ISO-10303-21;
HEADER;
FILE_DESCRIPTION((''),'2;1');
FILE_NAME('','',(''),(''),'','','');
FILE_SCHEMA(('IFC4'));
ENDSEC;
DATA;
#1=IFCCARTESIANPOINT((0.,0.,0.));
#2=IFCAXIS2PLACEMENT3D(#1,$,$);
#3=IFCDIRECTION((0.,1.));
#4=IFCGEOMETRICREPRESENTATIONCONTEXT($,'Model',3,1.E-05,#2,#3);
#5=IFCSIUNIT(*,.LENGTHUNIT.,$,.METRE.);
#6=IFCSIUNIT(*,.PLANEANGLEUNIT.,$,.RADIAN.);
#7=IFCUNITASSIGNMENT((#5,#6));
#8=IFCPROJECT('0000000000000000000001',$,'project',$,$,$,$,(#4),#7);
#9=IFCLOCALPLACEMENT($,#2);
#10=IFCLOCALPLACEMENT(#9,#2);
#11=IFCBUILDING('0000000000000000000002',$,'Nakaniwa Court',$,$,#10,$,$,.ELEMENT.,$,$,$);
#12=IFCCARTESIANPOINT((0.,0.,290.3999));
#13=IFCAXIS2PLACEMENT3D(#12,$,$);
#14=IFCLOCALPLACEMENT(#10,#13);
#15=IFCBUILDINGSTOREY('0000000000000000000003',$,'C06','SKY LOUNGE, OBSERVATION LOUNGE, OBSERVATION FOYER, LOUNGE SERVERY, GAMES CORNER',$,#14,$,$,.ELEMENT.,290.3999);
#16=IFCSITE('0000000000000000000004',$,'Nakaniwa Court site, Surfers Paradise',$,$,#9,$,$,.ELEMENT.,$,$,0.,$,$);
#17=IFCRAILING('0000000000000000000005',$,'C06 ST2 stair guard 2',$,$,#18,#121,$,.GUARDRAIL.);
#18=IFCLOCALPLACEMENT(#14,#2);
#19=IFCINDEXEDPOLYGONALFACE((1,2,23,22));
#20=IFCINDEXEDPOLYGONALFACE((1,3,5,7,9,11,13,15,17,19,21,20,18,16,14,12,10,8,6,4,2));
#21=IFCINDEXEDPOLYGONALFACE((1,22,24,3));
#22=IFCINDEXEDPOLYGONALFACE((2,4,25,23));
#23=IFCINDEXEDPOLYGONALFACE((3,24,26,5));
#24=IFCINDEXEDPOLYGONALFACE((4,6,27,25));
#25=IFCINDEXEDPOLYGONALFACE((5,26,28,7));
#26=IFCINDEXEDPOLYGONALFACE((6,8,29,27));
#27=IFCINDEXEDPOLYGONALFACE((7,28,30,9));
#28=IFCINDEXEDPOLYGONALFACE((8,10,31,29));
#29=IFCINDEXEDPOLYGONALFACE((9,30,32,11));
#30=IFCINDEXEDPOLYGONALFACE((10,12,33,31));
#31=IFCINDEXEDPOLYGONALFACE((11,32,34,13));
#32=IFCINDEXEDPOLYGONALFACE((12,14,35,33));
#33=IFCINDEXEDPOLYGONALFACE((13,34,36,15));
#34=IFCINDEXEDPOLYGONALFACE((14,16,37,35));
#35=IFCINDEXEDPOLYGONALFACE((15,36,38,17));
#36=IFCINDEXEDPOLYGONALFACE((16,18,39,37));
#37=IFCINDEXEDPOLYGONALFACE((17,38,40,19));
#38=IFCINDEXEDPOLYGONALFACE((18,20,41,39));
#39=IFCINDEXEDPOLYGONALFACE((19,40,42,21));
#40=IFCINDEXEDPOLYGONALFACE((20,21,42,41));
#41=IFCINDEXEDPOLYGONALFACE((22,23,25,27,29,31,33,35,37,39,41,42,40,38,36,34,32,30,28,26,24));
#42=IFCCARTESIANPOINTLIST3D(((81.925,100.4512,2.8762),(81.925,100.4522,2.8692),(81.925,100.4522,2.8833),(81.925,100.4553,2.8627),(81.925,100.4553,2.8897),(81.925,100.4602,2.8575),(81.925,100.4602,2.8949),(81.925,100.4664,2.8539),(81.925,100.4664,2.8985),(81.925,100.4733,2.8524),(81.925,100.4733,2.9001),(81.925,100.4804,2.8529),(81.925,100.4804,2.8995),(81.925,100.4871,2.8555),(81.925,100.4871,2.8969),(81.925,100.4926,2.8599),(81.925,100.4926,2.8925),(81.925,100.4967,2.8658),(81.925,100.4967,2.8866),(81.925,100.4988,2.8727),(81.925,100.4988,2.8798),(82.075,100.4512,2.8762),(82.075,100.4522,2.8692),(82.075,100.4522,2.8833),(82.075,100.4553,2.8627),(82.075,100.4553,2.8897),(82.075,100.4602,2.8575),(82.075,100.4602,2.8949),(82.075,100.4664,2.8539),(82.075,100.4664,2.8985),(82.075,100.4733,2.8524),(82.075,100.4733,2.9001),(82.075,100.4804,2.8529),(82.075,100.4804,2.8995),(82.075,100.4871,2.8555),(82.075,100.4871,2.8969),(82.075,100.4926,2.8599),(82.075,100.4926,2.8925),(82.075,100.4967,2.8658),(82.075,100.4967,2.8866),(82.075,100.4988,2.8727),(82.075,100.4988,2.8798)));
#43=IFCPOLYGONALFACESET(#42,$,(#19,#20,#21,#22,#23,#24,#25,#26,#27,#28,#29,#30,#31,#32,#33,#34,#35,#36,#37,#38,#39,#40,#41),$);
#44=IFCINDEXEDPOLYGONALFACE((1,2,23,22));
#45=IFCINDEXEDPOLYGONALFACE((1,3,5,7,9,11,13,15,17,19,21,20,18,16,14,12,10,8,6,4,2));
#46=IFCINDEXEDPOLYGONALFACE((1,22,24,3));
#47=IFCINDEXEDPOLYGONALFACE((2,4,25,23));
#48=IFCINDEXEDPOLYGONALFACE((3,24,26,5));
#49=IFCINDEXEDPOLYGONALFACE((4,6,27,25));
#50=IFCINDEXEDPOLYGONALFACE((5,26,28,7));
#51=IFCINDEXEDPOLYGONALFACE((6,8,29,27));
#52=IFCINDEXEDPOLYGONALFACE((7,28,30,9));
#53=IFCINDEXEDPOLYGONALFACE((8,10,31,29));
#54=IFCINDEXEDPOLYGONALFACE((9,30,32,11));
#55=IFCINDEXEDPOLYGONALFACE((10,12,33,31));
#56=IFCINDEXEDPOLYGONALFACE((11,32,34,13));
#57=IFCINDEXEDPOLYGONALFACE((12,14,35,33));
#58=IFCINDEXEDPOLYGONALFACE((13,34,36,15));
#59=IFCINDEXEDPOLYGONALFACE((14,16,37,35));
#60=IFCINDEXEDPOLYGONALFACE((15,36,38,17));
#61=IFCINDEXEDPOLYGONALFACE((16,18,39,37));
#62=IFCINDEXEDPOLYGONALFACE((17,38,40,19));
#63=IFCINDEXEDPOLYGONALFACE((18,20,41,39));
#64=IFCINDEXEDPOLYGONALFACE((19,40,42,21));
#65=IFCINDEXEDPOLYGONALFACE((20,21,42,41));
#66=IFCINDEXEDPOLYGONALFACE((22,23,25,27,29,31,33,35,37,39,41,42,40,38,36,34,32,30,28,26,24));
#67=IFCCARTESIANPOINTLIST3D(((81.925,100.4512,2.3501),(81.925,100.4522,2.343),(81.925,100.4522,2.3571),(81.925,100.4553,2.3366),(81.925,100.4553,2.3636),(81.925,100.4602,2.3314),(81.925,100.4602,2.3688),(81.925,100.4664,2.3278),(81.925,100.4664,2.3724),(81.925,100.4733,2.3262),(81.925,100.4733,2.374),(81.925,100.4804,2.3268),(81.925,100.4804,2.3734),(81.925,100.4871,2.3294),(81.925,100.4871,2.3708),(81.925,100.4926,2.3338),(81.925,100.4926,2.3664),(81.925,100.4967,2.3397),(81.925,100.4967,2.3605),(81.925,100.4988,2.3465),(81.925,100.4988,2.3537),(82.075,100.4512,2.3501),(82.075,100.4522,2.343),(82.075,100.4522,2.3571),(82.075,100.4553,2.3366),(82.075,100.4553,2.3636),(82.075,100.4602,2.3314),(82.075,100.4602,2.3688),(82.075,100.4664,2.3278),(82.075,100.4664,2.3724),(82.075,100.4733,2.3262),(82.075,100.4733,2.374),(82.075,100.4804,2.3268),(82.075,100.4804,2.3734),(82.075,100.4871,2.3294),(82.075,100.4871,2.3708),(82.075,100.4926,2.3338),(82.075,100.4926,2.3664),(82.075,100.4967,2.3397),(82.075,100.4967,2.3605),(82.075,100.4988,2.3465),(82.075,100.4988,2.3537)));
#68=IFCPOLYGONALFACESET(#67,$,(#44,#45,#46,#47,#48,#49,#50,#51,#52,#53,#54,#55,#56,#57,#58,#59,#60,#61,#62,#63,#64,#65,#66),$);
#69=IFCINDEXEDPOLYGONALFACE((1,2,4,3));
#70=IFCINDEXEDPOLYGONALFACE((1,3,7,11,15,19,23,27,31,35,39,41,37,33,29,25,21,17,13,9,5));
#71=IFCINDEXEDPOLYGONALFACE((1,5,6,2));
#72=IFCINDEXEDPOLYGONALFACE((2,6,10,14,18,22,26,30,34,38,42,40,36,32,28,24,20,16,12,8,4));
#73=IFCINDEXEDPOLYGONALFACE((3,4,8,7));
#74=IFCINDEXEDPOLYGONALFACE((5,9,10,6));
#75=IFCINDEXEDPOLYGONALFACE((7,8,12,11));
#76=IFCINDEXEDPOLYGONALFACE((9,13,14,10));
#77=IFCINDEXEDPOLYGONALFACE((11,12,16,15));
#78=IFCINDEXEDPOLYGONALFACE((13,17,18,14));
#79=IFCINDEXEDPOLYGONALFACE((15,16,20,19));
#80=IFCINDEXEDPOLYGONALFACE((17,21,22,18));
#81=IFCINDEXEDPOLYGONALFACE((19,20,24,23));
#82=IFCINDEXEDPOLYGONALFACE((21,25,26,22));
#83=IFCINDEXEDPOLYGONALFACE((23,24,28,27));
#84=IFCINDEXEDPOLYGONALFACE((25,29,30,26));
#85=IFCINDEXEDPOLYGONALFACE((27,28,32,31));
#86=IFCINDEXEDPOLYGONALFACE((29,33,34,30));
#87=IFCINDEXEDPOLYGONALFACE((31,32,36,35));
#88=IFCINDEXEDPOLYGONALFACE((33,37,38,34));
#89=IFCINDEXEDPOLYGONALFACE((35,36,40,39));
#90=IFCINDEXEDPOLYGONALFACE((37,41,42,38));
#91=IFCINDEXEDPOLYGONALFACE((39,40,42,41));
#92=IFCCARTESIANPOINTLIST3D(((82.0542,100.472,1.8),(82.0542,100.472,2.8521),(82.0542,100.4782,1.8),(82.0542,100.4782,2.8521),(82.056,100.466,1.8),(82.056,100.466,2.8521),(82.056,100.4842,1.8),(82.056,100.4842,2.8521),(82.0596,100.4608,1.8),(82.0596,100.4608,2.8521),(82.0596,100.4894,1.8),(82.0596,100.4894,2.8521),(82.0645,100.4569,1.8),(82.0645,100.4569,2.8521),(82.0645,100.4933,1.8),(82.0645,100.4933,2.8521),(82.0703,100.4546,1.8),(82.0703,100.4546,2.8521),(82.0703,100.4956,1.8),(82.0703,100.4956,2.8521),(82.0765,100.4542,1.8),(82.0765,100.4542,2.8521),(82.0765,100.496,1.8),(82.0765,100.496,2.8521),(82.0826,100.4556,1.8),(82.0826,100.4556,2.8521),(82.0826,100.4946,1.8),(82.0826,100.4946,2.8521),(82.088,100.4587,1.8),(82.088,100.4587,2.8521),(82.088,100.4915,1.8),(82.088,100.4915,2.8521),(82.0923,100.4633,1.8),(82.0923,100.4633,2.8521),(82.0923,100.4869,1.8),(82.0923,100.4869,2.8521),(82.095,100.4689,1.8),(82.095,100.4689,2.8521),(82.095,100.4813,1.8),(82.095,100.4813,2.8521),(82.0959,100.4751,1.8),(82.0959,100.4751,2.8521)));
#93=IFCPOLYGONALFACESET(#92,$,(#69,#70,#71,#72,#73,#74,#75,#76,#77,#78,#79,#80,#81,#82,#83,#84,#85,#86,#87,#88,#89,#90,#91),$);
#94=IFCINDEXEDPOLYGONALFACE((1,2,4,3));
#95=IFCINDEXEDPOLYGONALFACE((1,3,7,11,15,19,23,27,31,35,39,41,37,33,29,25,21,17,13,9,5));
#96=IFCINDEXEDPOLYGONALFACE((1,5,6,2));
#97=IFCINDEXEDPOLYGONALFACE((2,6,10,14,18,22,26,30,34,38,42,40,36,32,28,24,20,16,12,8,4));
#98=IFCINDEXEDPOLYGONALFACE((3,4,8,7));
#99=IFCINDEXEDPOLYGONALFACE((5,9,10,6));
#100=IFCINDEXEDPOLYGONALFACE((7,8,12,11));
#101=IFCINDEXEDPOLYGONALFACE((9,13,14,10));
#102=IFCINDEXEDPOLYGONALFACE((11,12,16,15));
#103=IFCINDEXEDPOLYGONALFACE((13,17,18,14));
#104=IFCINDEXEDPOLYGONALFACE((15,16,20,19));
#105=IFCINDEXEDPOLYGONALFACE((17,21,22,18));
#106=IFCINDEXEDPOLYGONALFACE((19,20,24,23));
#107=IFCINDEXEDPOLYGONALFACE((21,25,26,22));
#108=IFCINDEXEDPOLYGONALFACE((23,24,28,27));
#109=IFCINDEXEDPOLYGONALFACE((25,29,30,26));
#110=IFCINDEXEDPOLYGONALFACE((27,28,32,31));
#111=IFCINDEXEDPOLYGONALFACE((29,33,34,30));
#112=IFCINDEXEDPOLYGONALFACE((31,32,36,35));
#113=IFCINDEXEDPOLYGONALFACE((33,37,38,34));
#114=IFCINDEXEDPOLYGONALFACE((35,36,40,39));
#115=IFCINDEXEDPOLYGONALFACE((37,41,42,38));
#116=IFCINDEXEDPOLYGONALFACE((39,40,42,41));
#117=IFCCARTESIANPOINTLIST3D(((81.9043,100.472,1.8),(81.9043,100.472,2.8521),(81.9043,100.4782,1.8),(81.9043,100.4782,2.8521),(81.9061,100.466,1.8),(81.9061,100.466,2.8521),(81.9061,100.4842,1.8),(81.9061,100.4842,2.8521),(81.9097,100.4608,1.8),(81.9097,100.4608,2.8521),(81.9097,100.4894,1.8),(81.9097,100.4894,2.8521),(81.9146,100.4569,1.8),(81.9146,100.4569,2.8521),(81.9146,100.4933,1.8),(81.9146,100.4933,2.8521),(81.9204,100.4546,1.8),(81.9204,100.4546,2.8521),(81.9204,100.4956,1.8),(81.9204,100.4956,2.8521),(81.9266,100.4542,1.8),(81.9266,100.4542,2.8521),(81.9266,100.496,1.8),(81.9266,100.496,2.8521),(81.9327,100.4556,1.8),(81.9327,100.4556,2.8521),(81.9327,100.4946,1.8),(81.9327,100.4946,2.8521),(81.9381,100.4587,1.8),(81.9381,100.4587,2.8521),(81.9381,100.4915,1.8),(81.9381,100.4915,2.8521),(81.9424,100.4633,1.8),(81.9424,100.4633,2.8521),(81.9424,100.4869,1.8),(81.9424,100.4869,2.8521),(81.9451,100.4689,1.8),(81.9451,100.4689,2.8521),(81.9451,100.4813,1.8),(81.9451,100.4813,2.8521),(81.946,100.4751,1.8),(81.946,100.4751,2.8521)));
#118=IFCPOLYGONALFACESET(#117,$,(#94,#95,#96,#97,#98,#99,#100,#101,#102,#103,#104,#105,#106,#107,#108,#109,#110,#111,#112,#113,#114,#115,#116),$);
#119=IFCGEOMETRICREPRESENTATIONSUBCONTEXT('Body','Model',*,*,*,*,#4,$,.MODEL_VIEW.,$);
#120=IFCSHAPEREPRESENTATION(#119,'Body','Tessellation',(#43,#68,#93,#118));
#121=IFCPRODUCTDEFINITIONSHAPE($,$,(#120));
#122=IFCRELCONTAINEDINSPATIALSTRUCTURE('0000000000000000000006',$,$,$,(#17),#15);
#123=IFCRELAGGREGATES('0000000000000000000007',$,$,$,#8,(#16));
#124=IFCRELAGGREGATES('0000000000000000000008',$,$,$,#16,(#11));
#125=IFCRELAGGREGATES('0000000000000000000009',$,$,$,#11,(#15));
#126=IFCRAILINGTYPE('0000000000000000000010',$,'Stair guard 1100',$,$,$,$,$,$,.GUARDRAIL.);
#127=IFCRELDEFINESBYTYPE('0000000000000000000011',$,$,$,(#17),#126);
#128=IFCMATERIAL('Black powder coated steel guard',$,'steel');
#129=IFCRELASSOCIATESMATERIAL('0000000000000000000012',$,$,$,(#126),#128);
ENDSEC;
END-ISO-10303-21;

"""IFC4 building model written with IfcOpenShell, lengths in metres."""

from ifc_helpers import new_model, si_unit, direction, frame, origin, origin_2d, place, context, subcontext, project, spatial, circle, extrude, material, type_object, element, save


model = new_model("IFC4")

# Units and contexts
model_context = context("Model", 3, precision=1e-05, world=origin(), true_north=direction((0.0, 1.0)))
body_context = subcontext(model_context, "Body", "Model", "MODEL_VIEW")
ifc_project = project(units=[si_unit("LENGTHUNIT", "METRE"), si_unit("PLANEANGLEUNIT", "RADIAN")], contexts=[model_context])

# Site, building, storey
site_placement = place(None, origin())
site = spatial("IfcSite", under=ifc_project, at=site_placement, Name="Nakaniwa Court site, Surfers Paradise", CompositionType="ELEMENT", RefElevation=0.0)
building_placement = place(site_placement, origin())
building = spatial("IfcBuilding", under=site, at=building_placement, Name="Nakaniwa Court", CompositionType="ELEMENT")
storey_placement = place(building_placement, frame((0.0, 0.0, 290.3999)))
storey = spatial("IfcBuildingStorey", under=building, at=storey_placement, Name="C06", Description="SKY LOUNGE, OBSERVATION LOUNGE, OBSERVATION FOYER, LOUNGE SERVERY, GAMES CORNER", CompositionType="ELEMENT", Elevation=290.3999)

# Railing
ifc_material_1 = material(Name="Black powder coated steel guard", Category="steel")
railing_type_1 = type_object("IfcRailingType", Name="Stair guard 1100", PredefinedType="GUARDRAIL", material=ifc_material_1)
railing_1_placement = place(storey_placement, frame((82.075, 100.4751, 1.8)))
element("IfcRailing", 1, at=railing_1_placement, inside=storey, type_object=railing_type_1, Name="C06 ST2 stair guard 2", PredefinedType="GUARDRAIL", context=body_context, shape_type="SweptSolid", body=[
    extrude(circle(Radius=0.0239, at=origin_2d()), frame((0.0, 0.0, 1.0762), z_axis=(-1.0, 0.0, 0.0), x_axis=(0.0, -1.0, 0.0)), (0.0, 0.0, 1.0), 0.1499),
    extrude(circle(Radius=0.0239, at=origin_2d()), frame((0.0, 0.0, 0.55), z_axis=(-1.0, 0.0, 0.0), x_axis=(0.0, -1.0, 0.0)), (0.0, 0.0, 1.0), 0.1499),
    extrude(circle(Radius=0.021, at=origin_2d()), origin(), (0.0, 0.0, 1.0), 1.052),
    extrude(circle(Radius=0.021, at=origin_2d()), frame((-0.1499, 0.0, 0.0)), (0.0, 0.0, 1.0), 1.052),
])

save(model, "model.ifc")
